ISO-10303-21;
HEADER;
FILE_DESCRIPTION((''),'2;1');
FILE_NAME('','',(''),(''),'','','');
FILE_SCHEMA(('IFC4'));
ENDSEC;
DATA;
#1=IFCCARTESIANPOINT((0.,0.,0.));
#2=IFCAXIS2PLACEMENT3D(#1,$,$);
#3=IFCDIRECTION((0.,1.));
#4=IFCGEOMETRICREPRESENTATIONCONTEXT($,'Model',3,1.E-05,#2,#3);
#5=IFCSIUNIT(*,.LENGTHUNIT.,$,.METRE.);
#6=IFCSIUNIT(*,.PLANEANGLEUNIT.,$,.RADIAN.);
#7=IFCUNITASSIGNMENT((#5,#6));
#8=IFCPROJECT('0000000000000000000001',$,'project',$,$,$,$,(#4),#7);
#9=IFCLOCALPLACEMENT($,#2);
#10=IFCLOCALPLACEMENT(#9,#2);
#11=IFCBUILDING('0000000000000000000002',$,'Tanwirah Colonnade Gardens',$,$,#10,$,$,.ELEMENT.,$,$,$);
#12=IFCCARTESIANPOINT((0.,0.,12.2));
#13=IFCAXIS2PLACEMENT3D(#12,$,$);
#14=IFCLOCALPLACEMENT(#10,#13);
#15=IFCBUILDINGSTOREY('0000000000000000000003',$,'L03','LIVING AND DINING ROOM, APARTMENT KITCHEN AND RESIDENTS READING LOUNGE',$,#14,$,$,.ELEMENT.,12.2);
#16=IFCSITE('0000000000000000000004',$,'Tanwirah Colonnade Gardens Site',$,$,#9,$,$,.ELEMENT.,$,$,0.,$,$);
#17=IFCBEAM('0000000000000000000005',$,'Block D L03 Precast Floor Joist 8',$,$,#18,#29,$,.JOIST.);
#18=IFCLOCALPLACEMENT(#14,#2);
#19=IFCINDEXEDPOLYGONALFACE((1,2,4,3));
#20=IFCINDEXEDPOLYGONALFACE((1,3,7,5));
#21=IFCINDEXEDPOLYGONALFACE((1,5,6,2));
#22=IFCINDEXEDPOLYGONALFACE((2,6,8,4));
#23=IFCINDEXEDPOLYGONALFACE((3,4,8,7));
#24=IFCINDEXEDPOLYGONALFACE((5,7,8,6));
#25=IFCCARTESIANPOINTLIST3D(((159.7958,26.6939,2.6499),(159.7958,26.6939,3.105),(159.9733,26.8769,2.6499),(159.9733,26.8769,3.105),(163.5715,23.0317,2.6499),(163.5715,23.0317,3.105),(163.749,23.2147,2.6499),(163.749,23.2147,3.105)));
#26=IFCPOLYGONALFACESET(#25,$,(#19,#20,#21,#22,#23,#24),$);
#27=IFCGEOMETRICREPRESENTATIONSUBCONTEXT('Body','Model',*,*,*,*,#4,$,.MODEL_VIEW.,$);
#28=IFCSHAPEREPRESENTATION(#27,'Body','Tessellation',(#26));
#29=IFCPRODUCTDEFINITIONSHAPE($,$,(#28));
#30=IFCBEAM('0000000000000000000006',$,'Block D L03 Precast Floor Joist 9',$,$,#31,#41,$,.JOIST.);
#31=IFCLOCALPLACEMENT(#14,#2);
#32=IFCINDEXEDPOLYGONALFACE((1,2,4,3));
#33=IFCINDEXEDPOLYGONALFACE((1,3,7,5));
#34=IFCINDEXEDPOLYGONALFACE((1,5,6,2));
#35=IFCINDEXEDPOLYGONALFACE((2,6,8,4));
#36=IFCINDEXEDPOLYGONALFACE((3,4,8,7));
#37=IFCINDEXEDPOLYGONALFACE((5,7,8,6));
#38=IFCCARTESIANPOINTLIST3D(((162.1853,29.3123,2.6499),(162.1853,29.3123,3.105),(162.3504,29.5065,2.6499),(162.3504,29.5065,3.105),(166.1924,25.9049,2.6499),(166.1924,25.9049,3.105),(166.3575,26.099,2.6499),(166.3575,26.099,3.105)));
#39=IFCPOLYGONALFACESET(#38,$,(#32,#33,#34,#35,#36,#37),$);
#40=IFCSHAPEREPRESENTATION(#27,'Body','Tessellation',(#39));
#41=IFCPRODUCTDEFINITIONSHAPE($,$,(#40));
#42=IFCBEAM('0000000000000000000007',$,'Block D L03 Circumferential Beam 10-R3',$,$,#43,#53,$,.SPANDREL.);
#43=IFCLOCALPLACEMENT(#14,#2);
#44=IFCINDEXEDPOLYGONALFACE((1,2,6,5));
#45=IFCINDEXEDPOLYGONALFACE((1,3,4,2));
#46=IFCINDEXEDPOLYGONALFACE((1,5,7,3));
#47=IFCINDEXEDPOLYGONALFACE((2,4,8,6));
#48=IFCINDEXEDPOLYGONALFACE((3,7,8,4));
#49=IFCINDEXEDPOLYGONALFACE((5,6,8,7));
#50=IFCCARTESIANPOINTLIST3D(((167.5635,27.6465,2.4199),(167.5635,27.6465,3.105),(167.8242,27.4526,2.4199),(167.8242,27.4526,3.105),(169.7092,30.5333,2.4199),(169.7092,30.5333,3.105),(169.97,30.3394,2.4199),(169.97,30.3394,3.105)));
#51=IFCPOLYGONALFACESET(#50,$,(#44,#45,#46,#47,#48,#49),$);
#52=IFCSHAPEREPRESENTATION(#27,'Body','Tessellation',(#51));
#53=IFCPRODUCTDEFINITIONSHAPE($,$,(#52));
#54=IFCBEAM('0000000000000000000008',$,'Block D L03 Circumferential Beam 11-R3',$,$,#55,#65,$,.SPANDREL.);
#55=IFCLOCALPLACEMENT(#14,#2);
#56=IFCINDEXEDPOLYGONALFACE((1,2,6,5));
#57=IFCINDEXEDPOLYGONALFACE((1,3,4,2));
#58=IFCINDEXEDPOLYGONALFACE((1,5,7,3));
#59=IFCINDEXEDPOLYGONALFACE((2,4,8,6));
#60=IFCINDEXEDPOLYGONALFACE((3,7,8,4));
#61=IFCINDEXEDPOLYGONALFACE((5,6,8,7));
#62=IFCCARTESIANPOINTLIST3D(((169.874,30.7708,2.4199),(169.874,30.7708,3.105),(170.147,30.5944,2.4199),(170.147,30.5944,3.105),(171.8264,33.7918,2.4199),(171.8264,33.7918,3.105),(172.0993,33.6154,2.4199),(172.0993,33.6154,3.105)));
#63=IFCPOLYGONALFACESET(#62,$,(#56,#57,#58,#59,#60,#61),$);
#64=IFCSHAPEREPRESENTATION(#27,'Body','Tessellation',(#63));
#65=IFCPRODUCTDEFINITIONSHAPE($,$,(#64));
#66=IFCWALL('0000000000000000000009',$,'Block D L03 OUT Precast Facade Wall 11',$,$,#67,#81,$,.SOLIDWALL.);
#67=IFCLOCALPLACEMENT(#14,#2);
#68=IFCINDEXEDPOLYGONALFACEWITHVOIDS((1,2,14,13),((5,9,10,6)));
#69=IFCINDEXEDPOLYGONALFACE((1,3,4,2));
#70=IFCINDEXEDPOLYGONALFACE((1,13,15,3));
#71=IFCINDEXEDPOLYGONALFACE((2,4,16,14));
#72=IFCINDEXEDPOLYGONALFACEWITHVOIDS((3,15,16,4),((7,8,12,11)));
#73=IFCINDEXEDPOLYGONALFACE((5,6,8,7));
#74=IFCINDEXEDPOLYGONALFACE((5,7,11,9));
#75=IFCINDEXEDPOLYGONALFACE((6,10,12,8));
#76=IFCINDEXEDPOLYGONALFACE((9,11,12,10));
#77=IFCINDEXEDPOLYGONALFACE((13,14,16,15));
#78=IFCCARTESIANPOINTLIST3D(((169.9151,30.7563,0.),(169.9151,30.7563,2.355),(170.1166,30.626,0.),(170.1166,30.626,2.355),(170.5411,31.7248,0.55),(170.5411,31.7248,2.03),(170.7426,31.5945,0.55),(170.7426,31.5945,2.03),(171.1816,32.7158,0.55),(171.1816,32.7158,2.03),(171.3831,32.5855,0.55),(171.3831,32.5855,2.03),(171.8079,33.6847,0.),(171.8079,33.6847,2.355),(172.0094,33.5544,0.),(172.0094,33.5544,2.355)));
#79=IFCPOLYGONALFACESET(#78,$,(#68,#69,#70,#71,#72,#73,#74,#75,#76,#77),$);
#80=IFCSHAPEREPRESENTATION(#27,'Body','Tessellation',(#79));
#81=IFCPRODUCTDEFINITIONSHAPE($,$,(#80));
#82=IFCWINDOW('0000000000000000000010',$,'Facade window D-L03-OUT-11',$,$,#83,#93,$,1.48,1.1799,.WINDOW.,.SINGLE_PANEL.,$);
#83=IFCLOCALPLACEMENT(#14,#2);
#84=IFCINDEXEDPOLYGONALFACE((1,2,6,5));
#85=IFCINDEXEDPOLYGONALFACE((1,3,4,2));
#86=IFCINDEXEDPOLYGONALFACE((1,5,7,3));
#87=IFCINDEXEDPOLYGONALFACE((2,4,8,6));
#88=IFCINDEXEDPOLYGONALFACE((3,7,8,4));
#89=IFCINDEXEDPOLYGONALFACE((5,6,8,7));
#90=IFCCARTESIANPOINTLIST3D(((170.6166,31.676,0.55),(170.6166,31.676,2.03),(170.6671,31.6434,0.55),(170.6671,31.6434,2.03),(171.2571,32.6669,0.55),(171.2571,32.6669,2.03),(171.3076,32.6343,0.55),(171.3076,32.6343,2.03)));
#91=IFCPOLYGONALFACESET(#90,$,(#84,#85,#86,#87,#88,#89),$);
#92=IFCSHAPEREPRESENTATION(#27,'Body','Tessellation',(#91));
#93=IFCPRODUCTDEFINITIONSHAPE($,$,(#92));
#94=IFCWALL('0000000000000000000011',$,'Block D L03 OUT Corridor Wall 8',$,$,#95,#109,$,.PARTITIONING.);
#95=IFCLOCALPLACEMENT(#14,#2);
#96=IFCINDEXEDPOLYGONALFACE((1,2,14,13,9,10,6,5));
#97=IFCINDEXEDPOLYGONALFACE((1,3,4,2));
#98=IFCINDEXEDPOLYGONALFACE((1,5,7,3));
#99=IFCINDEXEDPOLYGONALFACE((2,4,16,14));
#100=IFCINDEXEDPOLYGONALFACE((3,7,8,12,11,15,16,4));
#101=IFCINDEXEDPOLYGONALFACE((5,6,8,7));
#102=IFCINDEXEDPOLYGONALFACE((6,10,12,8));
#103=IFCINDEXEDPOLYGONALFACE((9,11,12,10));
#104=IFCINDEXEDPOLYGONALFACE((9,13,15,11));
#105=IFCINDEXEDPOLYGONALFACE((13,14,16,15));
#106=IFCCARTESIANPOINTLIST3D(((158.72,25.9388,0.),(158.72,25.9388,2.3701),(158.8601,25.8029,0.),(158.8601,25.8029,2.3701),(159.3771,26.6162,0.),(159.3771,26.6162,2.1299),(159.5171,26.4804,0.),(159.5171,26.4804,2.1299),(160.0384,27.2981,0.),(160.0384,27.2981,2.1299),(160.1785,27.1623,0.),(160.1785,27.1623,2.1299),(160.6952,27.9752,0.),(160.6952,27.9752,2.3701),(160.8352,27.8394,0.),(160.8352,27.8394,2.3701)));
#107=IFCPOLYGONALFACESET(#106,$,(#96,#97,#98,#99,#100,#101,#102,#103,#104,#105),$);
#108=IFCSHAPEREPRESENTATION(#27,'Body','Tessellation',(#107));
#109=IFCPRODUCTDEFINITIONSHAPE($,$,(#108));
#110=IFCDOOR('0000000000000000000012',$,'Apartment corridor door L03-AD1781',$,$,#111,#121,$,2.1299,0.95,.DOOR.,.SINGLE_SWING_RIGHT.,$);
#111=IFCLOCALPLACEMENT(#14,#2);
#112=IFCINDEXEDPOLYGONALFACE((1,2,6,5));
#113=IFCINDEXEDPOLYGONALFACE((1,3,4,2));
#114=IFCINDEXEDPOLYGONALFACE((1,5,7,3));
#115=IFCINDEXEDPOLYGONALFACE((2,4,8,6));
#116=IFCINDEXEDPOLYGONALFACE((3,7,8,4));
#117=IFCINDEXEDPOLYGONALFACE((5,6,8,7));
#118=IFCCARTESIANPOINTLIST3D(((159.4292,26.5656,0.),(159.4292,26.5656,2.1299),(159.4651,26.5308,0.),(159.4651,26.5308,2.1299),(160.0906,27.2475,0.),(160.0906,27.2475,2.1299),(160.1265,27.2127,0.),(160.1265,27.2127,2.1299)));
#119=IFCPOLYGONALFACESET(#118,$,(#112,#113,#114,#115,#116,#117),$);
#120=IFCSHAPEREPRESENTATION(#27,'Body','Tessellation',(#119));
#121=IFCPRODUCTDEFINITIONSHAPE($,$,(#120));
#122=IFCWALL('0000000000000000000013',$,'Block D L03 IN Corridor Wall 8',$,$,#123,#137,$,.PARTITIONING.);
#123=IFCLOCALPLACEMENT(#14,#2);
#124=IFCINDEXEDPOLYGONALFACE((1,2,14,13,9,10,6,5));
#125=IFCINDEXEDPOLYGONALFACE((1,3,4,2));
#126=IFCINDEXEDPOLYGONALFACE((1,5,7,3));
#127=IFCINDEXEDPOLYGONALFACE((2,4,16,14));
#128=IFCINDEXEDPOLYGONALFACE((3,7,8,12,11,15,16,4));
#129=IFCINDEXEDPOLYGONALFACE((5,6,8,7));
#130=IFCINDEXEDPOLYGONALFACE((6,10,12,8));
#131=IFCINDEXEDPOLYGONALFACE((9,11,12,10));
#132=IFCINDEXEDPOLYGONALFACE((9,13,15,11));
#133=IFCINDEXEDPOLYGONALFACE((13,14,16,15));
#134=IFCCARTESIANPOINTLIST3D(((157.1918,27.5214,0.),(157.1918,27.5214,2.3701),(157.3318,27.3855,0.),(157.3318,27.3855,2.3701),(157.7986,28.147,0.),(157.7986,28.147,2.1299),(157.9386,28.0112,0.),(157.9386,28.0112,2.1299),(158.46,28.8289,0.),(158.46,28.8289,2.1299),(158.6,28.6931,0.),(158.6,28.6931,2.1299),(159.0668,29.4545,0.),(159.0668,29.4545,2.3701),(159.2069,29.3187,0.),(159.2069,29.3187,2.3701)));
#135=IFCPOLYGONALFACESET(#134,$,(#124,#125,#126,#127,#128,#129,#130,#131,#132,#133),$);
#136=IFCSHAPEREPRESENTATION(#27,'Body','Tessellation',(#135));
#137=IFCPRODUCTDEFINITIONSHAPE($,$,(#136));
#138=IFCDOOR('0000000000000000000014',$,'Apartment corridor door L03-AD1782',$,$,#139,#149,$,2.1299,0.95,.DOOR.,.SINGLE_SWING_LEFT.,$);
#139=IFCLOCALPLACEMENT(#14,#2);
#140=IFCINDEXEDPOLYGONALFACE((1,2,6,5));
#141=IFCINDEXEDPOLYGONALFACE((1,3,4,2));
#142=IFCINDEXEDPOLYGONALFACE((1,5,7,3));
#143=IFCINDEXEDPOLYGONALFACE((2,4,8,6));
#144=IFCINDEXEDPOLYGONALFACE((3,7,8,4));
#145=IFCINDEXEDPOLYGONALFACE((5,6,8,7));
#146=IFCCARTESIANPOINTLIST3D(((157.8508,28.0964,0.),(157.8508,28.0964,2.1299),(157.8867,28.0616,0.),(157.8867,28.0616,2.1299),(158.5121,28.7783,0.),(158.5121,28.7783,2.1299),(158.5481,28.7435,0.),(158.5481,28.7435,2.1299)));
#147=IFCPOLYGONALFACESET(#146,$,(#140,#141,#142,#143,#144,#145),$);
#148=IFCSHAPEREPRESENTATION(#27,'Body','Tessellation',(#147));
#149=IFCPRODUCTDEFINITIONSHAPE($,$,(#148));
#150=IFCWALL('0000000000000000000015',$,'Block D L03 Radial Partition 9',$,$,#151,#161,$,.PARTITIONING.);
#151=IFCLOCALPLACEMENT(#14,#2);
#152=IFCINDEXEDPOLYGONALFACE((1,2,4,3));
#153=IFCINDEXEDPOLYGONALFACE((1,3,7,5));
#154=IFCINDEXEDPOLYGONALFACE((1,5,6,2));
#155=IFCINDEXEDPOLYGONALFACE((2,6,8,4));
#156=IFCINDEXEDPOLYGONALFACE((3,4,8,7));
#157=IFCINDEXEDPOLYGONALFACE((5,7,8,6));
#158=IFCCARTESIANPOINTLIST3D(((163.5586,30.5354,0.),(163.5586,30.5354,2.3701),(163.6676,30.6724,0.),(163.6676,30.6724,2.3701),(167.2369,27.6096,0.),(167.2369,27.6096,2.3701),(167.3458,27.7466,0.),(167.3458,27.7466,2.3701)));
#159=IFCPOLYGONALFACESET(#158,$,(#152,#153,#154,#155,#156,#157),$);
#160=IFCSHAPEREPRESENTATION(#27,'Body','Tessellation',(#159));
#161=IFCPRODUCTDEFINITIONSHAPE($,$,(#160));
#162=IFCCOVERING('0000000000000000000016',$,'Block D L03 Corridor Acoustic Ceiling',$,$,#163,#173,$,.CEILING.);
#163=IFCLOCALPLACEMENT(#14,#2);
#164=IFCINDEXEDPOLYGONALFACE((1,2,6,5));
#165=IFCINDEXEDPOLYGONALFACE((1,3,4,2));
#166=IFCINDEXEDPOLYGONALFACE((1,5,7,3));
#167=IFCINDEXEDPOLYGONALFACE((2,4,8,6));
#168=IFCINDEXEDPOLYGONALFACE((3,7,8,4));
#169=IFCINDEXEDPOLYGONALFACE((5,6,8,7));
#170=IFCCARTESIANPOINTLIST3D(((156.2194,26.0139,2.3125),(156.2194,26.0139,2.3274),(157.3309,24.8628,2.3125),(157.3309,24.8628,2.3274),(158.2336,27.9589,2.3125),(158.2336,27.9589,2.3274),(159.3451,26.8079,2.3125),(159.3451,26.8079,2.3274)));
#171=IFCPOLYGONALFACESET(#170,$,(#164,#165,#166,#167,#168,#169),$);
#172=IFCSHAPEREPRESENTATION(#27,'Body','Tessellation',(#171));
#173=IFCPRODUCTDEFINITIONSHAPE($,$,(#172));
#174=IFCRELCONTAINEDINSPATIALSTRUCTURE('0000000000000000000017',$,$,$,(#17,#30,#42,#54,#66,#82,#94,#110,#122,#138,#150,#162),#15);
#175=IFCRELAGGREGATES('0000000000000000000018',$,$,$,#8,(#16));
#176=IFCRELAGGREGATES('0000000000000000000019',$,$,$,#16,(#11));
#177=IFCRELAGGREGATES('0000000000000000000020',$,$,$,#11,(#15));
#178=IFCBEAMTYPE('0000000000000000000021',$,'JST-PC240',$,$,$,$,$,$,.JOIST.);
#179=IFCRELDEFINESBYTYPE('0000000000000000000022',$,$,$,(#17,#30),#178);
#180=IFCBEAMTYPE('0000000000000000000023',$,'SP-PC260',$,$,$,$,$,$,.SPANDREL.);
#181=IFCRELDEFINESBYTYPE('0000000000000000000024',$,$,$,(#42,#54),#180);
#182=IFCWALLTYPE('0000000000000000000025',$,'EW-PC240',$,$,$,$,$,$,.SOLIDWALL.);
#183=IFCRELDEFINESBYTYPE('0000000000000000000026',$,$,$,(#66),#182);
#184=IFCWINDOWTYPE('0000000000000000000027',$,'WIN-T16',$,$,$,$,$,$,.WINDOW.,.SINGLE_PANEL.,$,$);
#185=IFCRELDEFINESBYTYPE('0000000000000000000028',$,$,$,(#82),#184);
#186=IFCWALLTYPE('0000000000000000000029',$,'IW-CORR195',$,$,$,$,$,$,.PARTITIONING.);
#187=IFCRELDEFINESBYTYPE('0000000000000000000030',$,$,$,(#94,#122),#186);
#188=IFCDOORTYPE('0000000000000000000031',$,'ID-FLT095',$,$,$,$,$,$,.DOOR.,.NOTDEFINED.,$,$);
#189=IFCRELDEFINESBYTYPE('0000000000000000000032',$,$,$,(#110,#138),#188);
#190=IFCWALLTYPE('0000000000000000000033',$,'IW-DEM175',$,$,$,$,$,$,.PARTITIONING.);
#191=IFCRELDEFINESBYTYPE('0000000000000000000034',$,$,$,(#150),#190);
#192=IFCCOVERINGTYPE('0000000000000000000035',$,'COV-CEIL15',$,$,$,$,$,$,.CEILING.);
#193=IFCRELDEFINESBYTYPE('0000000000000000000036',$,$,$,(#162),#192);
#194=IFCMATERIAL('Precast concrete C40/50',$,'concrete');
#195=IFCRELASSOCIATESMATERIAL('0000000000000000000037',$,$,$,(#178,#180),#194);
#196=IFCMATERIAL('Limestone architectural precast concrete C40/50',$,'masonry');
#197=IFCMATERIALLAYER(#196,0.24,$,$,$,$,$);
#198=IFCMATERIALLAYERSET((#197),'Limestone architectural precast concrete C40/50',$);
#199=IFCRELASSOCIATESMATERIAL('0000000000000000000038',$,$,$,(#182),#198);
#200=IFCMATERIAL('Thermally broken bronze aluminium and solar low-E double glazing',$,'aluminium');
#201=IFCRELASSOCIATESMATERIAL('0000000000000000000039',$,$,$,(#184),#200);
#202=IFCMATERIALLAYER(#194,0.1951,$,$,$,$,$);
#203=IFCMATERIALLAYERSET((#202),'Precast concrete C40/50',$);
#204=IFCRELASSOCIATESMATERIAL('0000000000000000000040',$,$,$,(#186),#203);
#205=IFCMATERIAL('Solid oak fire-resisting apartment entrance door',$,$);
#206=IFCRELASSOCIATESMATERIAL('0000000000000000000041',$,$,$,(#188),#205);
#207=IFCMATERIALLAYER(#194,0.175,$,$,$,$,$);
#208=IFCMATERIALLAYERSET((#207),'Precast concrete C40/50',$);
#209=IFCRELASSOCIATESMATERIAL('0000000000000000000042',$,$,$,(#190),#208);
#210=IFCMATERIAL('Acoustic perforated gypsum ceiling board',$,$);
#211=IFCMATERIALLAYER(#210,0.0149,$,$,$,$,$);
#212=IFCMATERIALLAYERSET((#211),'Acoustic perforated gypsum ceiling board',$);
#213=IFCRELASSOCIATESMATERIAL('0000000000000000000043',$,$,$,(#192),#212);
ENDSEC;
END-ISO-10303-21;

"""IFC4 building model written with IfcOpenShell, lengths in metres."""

from ifc_helpers import new_model, si_unit, direction, frame, frame_2d, origin, origin_2d, place, context, subcontext, project, spatial, rectangle, extrude, material, layer, layer_set, material_profile, profile_set, type_object, element, fill, save


model = new_model("IFC4")

# Units and contexts
model_context = context("Model", 3, precision=1e-05, world=origin(), true_north=direction((0.0, 1.0)))
body_context = subcontext(model_context, "Body", "Model", "MODEL_VIEW")
ifc_project = project(units=[si_unit("LENGTHUNIT", "METRE"), si_unit("PLANEANGLEUNIT", "RADIAN")], contexts=[model_context])

# Site, building, storey
site_placement = place(None, origin())
site = spatial("IfcSite", under=ifc_project, at=site_placement, Name="Tanwirah Colonnade Gardens Site", CompositionType="ELEMENT", RefElevation=0.0)
building_placement = place(site_placement, origin())
building = spatial("IfcBuilding", under=site, at=building_placement, Name="Tanwirah Colonnade Gardens", CompositionType="ELEMENT")
storey_placement = place(building_placement, frame((0.0, 0.0, 12.2)))
storey = spatial("IfcBuildingStorey", under=building, at=storey_placement, Name="L03", Description="LIVING AND DINING ROOM, APARTMENT KITCHEN AND RESIDENTS READING LOUNGE", CompositionType="ELEMENT", Elevation=12.2)

# Shared definitions
ifc_material_1 = material(Name="Precast concrete C40/50", Category="concrete")

# Beams
ifc_material_profile_1 = material_profile(ifc_material_1, rectangle(XDim=0.2549, YDim=0.4551, at=origin_2d()), Name="PC-JST 255x455")
ifc_profile_set_1 = profile_set([ifc_material_profile_1], Name="Precast concrete C40/50")
beam_type_1 = type_object("IfcBeamType", Name="JST-PC240", PredefinedType="JOIST", material=ifc_profile_set_1)
for number, where, z_axis, x_axis, name in (
    (1, (159.8845, 26.7854, 2.8774), (0.717816, -0.696233, 0.0), (0.696233, 0.717816, 0.0), "Block D L03 Precast Floor Joist 8"),
    (2, (162.2678, 29.4094, 2.8774), (0.761803, -0.647809, 0.0), (0.647809, 0.761803, 0.0), "Block D L03 Precast Floor Joist 9"),
):
    element("IfcBeam", number, at=place(storey_placement, frame(where, z_axis=z_axis, x_axis=x_axis)), inside=storey, type_object=beam_type_1, Name=name, PredefinedType="JOIST", context=body_context, shape_type="SweptSolid", body=[
        extrude(rectangle(XDim=0.2549, YDim=0.4551, at=origin_2d()), origin(), (0.0, 0.0, 1.0), 5.26),
    ])
ifc_material_profile_2 = material_profile(ifc_material_1, rectangle(XDim=0.325, YDim=0.6851, at=origin_2d()), Name="PC-SP 325x685")
ifc_profile_set_2 = profile_set([ifc_material_profile_2], Name="Precast concrete C40/50")
beam_type_2 = type_object("IfcBeamType", Name="SP-PC260", PredefinedType="SPANDREL", material=ifc_profile_set_2)
for number, where, z_axis, x_axis, name in (
    (3, (167.6938, 27.5496, 2.7625), (0.596563, 0.802566, 0.0), (-0.802566, 0.596563, 0.0), "Block D L03 Circumferential Beam 10-R3"),
    (4, (170.0105, 30.6826, 2.7625), (0.542787, 0.83987, 0.0), (-0.83987, 0.542787, 0.0), "Block D L03 Circumferential Beam 11-R3"),
):
    element("IfcBeam", number, at=place(storey_placement, frame(where, z_axis=z_axis, x_axis=x_axis)), inside=storey, type_object=beam_type_2, Name=name, PredefinedType="SPANDREL", context=body_context, shape_type="SweptSolid", body=[
        extrude(rectangle(XDim=0.325, YDim=0.6851, at=origin_2d()), origin(), (0.0, 0.0, 1.0), 3.5969),
    ])

# Shared definitions
ifc_material_2 = material(Name="Limestone architectural precast concrete C40/50", Category="masonry")
ifc_layer_1 = layer(ifc_material_2, 0.24)
ifc_layer_set_1 = layer_set([ifc_layer_1], Name="Limestone architectural precast concrete C40/50")
wall_type_1 = type_object("IfcWallType", Name="EW-PC240", PredefinedType="SOLIDWALL", material=ifc_layer_set_1)

# Wall, opening, window
wall_1_placement = place(storey_placement, frame((170.0159, 30.6912, 0.0), z_axis=(0.0, 0.0, 1.0), x_axis=(0.542833, 0.839841, 0.0)))
wall_1 = element("IfcWall", 5, at=wall_1_placement, inside=storey, type_object=wall_type_1, Name="Block D L03 OUT Precast Facade Wall 11", PredefinedType="SOLIDWALL", context=body_context, shape_type="SweptSolid", body=[
    extrude(rectangle(XDim=3.4868, YDim=0.24, at=frame_2d((1.7434, 0.0))), origin(), (0.0, 0.0, 1.0), 2.355),
])
opening_1_placement = place(wall_1_placement, frame((1.1533, 0.0, 0.55)))
opening_1 = element("IfcOpeningElement", 6, at=opening_1_placement, cuts=wall_1, PredefinedType="OPENING", context=body_context, shape_type="SweptSolid", body=[
    extrude(rectangle(XDim=1.1799, YDim=1.48, at=frame_2d((0.5898, 0.74))), frame((0.0, 0.1299, 0.0), z_axis=(0.0, -1.0, 0.0), x_axis=(1.0, 0.0, 0.0)), (0.0, 0.0, 1.0), 0.26),
])
ifc_material_3 = material(Name="Thermally broken bronze aluminium and solar low-E double glazing", Category="aluminium")
window_type = type_object("IfcWindowType", Name="WIN-T16", PartitioningType="SINGLE_PANEL", PredefinedType="WINDOW", material=ifc_material_3)
window_placement = place(opening_1_placement, origin())
window = element("IfcWindow", 7, at=window_placement, inside=storey, type_object=window_type, Name="Facade window D-L03-OUT-11", OverallHeight=1.48, OverallWidth=1.1799, PartitioningType="SINGLE_PANEL", PredefinedType="WINDOW", context=body_context, shape_type="SweptSolid", body=[
    extrude(rectangle(XDim=1.1799, YDim=1.48, at=frame_2d((0.5898, 0.74))), frame((0.0, 0.03, 0.0), z_axis=(0.0, -1.0, 0.0), x_axis=(1.0, 0.0, 0.0)), (0.0, 0.0, 1.0), 0.0601),
])
fill(opening_1, window)

# Walls, openings, doors
ifc_layer_2 = layer(ifc_material_1, 0.1951)
ifc_layer_set_2 = layer_set([ifc_layer_2], Name="Precast concrete C40/50")
wall_type_2 = type_object("IfcWallType", Name="IW-CORR195", PredefinedType="PARTITIONING", material=ifc_layer_set_2)
wall_2_placement = place(storey_placement, frame((158.79, 25.8708, 0.0), z_axis=(0.0, 0.0, 1.0), x_axis=(0.696224, 0.717825, 0.0)))
wall_2 = element("IfcWall", 8, at=wall_2_placement, inside=storey, type_object=wall_type_2, Name="Block D L03 OUT Corridor Wall 8", PredefinedType="PARTITIONING", context=body_context, shape_type="SweptSolid", body=[
    extrude(rectangle(XDim=2.8369, YDim=0.1951, at=frame_2d((1.4185, 0.0))), origin(), (0.0, 0.0, 1.0), 2.3701),
])
opening_2_placement = place(wall_2_placement, frame((0.9436, 0.0, 0.0)))
opening_2 = element("IfcOpeningElement", 9, at=opening_2_placement, cuts=wall_2, PredefinedType="OPENING", context=body_context, shape_type="SweptSolid", body=[
    extrude(rectangle(XDim=0.95, YDim=2.1299, at=frame_2d((0.4751, 1.0649))), frame((0.0, 0.1074, 0.0), z_axis=(0.0, -1.0, 0.0), x_axis=(1.0, 0.0, 0.0)), (0.0, 0.0, 1.0), 0.2151),
])
ifc_material_4 = material(Name="Solid oak fire-resisting apartment entrance door")
door_type_1 = type_object("IfcDoorType", Name="ID-FLT095", OperationType="NOTDEFINED", PredefinedType="DOOR", material=ifc_material_4)
door_1_placement = place(opening_2_placement, origin())
door_1 = element("IfcDoor", 10, at=door_1_placement, inside=storey, type_object=door_type_1, Name="Apartment corridor door L03-AD1781", OperationType="SINGLE_SWING_RIGHT", OverallHeight=2.1299, OverallWidth=0.95, PredefinedType="DOOR", context=body_context, shape_type="SweptSolid", body=[
    extrude(rectangle(XDim=0.95, YDim=2.1299, at=frame_2d((0.4751, 1.0649))), frame((0.0, 0.0249, 0.0), z_axis=(0.0, -1.0, 0.0), x_axis=(1.0, 0.0, 0.0)), (0.0, 0.0, 1.0), 0.05),
])
fill(opening_2, door_1)
wall_3_placement = place(storey_placement, frame((157.2617, 27.4534, 0.0), z_axis=(0.0, 0.0, 1.0), x_axis=(0.696236, 0.717813, 0.0)))
wall_3 = element("IfcWall", 11, at=wall_3_placement, inside=storey, type_object=wall_type_2, Name="Block D L03 IN Corridor Wall 8", PredefinedType="PARTITIONING", context=body_context, shape_type="SweptSolid", body=[
    extrude(rectangle(XDim=2.6931, YDim=0.1951, at=frame_2d((1.3467, 0.0))), origin(), (0.0, 0.0, 1.0), 2.3701),
])
opening_3_placement = place(wall_3_placement, frame((0.8716, 0.0, 0.0)))
opening_3 = element("IfcOpeningElement", 12, at=opening_3_placement, cuts=wall_3, PredefinedType="OPENING", context=body_context, shape_type="SweptSolid", body=[
    extrude(rectangle(XDim=0.95, YDim=2.1299, at=frame_2d((0.4751, 1.0649))), frame((0.0, 0.1074, 0.0), z_axis=(0.0, -1.0, 0.0), x_axis=(1.0, 0.0, 0.0)), (0.0, 0.0, 1.0), 0.2151),
])
door_2_placement = place(opening_3_placement, origin())
door_2 = element("IfcDoor", 13, at=door_2_placement, inside=storey, type_object=door_type_1, Name="Apartment corridor door L03-AD1782", OperationType="SINGLE_SWING_LEFT", OverallHeight=2.1299, OverallWidth=0.95, PredefinedType="DOOR", context=body_context, shape_type="SweptSolid", body=[
    extrude(rectangle(XDim=0.95, YDim=2.1299, at=frame_2d((0.4751, 1.0649))), frame((0.0, 0.0249, 0.0), z_axis=(0.0, -1.0, 0.0), x_axis=(1.0, 0.0, 0.0)), (0.0, 0.0, 1.0), 0.05),
])
fill(opening_3, door_2)

# Wall
ifc_layer_3 = layer(ifc_material_1, 0.175)
ifc_layer_set_3 = layer_set([ifc_layer_3], Name="Precast concrete C40/50")
wall_type_3 = type_object("IfcWallType", Name="IW-DEM175", PredefinedType="PARTITIONING", material=ifc_layer_set_3)
wall_4_placement = place(storey_placement, frame((163.613, 30.604, 0.0), z_axis=(0.0, 0.0, 1.0), x_axis=(0.782609, -0.622513, 0.0)))
element("IfcWall", 14, at=wall_4_placement, inside=storey, type_object=wall_type_3, Name="Block D L03 Radial Partition 9", PredefinedType="PARTITIONING", context=body_context, shape_type="SweptSolid", body=[
    extrude(rectangle(XDim=4.7, YDim=0.175, at=frame_2d((2.3501, 0.0))), origin(), (0.0, 0.0, 1.0), 2.3701),
])

# Covering
ifc_material_5 = material(Name="Acoustic perforated gypsum ceiling board")
ifc_layer_4 = layer(ifc_material_5, 0.0149)
ifc_layer_set_4 = layer_set([ifc_layer_4], Name="Acoustic perforated gypsum ceiling board")
covering_type_1 = type_object("IfcCoveringType", Name="COV-CEIL15", PredefinedType="CEILING", material=ifc_layer_set_4)
covering_1_placement = place(storey_placement, frame((157.7822, 26.4109, 2.3125), z_axis=(0.0, 0.0, 1.0), x_axis=(0.71934, 0.694658, 0.0)))
element("IfcCovering", 15, at=covering_1_placement, inside=storey, type_object=covering_type_1, Name="Block D L03 Corridor Acoustic Ceiling", PredefinedType="CEILING", context=body_context, shape_type="SweptSolid", body=[
    extrude(rectangle(XDim=2.8, YDim=1.6001, at=origin_2d()), origin(), (0.0, 0.0, 1.0), 0.0149),
])

save(model, "model.ifc")
